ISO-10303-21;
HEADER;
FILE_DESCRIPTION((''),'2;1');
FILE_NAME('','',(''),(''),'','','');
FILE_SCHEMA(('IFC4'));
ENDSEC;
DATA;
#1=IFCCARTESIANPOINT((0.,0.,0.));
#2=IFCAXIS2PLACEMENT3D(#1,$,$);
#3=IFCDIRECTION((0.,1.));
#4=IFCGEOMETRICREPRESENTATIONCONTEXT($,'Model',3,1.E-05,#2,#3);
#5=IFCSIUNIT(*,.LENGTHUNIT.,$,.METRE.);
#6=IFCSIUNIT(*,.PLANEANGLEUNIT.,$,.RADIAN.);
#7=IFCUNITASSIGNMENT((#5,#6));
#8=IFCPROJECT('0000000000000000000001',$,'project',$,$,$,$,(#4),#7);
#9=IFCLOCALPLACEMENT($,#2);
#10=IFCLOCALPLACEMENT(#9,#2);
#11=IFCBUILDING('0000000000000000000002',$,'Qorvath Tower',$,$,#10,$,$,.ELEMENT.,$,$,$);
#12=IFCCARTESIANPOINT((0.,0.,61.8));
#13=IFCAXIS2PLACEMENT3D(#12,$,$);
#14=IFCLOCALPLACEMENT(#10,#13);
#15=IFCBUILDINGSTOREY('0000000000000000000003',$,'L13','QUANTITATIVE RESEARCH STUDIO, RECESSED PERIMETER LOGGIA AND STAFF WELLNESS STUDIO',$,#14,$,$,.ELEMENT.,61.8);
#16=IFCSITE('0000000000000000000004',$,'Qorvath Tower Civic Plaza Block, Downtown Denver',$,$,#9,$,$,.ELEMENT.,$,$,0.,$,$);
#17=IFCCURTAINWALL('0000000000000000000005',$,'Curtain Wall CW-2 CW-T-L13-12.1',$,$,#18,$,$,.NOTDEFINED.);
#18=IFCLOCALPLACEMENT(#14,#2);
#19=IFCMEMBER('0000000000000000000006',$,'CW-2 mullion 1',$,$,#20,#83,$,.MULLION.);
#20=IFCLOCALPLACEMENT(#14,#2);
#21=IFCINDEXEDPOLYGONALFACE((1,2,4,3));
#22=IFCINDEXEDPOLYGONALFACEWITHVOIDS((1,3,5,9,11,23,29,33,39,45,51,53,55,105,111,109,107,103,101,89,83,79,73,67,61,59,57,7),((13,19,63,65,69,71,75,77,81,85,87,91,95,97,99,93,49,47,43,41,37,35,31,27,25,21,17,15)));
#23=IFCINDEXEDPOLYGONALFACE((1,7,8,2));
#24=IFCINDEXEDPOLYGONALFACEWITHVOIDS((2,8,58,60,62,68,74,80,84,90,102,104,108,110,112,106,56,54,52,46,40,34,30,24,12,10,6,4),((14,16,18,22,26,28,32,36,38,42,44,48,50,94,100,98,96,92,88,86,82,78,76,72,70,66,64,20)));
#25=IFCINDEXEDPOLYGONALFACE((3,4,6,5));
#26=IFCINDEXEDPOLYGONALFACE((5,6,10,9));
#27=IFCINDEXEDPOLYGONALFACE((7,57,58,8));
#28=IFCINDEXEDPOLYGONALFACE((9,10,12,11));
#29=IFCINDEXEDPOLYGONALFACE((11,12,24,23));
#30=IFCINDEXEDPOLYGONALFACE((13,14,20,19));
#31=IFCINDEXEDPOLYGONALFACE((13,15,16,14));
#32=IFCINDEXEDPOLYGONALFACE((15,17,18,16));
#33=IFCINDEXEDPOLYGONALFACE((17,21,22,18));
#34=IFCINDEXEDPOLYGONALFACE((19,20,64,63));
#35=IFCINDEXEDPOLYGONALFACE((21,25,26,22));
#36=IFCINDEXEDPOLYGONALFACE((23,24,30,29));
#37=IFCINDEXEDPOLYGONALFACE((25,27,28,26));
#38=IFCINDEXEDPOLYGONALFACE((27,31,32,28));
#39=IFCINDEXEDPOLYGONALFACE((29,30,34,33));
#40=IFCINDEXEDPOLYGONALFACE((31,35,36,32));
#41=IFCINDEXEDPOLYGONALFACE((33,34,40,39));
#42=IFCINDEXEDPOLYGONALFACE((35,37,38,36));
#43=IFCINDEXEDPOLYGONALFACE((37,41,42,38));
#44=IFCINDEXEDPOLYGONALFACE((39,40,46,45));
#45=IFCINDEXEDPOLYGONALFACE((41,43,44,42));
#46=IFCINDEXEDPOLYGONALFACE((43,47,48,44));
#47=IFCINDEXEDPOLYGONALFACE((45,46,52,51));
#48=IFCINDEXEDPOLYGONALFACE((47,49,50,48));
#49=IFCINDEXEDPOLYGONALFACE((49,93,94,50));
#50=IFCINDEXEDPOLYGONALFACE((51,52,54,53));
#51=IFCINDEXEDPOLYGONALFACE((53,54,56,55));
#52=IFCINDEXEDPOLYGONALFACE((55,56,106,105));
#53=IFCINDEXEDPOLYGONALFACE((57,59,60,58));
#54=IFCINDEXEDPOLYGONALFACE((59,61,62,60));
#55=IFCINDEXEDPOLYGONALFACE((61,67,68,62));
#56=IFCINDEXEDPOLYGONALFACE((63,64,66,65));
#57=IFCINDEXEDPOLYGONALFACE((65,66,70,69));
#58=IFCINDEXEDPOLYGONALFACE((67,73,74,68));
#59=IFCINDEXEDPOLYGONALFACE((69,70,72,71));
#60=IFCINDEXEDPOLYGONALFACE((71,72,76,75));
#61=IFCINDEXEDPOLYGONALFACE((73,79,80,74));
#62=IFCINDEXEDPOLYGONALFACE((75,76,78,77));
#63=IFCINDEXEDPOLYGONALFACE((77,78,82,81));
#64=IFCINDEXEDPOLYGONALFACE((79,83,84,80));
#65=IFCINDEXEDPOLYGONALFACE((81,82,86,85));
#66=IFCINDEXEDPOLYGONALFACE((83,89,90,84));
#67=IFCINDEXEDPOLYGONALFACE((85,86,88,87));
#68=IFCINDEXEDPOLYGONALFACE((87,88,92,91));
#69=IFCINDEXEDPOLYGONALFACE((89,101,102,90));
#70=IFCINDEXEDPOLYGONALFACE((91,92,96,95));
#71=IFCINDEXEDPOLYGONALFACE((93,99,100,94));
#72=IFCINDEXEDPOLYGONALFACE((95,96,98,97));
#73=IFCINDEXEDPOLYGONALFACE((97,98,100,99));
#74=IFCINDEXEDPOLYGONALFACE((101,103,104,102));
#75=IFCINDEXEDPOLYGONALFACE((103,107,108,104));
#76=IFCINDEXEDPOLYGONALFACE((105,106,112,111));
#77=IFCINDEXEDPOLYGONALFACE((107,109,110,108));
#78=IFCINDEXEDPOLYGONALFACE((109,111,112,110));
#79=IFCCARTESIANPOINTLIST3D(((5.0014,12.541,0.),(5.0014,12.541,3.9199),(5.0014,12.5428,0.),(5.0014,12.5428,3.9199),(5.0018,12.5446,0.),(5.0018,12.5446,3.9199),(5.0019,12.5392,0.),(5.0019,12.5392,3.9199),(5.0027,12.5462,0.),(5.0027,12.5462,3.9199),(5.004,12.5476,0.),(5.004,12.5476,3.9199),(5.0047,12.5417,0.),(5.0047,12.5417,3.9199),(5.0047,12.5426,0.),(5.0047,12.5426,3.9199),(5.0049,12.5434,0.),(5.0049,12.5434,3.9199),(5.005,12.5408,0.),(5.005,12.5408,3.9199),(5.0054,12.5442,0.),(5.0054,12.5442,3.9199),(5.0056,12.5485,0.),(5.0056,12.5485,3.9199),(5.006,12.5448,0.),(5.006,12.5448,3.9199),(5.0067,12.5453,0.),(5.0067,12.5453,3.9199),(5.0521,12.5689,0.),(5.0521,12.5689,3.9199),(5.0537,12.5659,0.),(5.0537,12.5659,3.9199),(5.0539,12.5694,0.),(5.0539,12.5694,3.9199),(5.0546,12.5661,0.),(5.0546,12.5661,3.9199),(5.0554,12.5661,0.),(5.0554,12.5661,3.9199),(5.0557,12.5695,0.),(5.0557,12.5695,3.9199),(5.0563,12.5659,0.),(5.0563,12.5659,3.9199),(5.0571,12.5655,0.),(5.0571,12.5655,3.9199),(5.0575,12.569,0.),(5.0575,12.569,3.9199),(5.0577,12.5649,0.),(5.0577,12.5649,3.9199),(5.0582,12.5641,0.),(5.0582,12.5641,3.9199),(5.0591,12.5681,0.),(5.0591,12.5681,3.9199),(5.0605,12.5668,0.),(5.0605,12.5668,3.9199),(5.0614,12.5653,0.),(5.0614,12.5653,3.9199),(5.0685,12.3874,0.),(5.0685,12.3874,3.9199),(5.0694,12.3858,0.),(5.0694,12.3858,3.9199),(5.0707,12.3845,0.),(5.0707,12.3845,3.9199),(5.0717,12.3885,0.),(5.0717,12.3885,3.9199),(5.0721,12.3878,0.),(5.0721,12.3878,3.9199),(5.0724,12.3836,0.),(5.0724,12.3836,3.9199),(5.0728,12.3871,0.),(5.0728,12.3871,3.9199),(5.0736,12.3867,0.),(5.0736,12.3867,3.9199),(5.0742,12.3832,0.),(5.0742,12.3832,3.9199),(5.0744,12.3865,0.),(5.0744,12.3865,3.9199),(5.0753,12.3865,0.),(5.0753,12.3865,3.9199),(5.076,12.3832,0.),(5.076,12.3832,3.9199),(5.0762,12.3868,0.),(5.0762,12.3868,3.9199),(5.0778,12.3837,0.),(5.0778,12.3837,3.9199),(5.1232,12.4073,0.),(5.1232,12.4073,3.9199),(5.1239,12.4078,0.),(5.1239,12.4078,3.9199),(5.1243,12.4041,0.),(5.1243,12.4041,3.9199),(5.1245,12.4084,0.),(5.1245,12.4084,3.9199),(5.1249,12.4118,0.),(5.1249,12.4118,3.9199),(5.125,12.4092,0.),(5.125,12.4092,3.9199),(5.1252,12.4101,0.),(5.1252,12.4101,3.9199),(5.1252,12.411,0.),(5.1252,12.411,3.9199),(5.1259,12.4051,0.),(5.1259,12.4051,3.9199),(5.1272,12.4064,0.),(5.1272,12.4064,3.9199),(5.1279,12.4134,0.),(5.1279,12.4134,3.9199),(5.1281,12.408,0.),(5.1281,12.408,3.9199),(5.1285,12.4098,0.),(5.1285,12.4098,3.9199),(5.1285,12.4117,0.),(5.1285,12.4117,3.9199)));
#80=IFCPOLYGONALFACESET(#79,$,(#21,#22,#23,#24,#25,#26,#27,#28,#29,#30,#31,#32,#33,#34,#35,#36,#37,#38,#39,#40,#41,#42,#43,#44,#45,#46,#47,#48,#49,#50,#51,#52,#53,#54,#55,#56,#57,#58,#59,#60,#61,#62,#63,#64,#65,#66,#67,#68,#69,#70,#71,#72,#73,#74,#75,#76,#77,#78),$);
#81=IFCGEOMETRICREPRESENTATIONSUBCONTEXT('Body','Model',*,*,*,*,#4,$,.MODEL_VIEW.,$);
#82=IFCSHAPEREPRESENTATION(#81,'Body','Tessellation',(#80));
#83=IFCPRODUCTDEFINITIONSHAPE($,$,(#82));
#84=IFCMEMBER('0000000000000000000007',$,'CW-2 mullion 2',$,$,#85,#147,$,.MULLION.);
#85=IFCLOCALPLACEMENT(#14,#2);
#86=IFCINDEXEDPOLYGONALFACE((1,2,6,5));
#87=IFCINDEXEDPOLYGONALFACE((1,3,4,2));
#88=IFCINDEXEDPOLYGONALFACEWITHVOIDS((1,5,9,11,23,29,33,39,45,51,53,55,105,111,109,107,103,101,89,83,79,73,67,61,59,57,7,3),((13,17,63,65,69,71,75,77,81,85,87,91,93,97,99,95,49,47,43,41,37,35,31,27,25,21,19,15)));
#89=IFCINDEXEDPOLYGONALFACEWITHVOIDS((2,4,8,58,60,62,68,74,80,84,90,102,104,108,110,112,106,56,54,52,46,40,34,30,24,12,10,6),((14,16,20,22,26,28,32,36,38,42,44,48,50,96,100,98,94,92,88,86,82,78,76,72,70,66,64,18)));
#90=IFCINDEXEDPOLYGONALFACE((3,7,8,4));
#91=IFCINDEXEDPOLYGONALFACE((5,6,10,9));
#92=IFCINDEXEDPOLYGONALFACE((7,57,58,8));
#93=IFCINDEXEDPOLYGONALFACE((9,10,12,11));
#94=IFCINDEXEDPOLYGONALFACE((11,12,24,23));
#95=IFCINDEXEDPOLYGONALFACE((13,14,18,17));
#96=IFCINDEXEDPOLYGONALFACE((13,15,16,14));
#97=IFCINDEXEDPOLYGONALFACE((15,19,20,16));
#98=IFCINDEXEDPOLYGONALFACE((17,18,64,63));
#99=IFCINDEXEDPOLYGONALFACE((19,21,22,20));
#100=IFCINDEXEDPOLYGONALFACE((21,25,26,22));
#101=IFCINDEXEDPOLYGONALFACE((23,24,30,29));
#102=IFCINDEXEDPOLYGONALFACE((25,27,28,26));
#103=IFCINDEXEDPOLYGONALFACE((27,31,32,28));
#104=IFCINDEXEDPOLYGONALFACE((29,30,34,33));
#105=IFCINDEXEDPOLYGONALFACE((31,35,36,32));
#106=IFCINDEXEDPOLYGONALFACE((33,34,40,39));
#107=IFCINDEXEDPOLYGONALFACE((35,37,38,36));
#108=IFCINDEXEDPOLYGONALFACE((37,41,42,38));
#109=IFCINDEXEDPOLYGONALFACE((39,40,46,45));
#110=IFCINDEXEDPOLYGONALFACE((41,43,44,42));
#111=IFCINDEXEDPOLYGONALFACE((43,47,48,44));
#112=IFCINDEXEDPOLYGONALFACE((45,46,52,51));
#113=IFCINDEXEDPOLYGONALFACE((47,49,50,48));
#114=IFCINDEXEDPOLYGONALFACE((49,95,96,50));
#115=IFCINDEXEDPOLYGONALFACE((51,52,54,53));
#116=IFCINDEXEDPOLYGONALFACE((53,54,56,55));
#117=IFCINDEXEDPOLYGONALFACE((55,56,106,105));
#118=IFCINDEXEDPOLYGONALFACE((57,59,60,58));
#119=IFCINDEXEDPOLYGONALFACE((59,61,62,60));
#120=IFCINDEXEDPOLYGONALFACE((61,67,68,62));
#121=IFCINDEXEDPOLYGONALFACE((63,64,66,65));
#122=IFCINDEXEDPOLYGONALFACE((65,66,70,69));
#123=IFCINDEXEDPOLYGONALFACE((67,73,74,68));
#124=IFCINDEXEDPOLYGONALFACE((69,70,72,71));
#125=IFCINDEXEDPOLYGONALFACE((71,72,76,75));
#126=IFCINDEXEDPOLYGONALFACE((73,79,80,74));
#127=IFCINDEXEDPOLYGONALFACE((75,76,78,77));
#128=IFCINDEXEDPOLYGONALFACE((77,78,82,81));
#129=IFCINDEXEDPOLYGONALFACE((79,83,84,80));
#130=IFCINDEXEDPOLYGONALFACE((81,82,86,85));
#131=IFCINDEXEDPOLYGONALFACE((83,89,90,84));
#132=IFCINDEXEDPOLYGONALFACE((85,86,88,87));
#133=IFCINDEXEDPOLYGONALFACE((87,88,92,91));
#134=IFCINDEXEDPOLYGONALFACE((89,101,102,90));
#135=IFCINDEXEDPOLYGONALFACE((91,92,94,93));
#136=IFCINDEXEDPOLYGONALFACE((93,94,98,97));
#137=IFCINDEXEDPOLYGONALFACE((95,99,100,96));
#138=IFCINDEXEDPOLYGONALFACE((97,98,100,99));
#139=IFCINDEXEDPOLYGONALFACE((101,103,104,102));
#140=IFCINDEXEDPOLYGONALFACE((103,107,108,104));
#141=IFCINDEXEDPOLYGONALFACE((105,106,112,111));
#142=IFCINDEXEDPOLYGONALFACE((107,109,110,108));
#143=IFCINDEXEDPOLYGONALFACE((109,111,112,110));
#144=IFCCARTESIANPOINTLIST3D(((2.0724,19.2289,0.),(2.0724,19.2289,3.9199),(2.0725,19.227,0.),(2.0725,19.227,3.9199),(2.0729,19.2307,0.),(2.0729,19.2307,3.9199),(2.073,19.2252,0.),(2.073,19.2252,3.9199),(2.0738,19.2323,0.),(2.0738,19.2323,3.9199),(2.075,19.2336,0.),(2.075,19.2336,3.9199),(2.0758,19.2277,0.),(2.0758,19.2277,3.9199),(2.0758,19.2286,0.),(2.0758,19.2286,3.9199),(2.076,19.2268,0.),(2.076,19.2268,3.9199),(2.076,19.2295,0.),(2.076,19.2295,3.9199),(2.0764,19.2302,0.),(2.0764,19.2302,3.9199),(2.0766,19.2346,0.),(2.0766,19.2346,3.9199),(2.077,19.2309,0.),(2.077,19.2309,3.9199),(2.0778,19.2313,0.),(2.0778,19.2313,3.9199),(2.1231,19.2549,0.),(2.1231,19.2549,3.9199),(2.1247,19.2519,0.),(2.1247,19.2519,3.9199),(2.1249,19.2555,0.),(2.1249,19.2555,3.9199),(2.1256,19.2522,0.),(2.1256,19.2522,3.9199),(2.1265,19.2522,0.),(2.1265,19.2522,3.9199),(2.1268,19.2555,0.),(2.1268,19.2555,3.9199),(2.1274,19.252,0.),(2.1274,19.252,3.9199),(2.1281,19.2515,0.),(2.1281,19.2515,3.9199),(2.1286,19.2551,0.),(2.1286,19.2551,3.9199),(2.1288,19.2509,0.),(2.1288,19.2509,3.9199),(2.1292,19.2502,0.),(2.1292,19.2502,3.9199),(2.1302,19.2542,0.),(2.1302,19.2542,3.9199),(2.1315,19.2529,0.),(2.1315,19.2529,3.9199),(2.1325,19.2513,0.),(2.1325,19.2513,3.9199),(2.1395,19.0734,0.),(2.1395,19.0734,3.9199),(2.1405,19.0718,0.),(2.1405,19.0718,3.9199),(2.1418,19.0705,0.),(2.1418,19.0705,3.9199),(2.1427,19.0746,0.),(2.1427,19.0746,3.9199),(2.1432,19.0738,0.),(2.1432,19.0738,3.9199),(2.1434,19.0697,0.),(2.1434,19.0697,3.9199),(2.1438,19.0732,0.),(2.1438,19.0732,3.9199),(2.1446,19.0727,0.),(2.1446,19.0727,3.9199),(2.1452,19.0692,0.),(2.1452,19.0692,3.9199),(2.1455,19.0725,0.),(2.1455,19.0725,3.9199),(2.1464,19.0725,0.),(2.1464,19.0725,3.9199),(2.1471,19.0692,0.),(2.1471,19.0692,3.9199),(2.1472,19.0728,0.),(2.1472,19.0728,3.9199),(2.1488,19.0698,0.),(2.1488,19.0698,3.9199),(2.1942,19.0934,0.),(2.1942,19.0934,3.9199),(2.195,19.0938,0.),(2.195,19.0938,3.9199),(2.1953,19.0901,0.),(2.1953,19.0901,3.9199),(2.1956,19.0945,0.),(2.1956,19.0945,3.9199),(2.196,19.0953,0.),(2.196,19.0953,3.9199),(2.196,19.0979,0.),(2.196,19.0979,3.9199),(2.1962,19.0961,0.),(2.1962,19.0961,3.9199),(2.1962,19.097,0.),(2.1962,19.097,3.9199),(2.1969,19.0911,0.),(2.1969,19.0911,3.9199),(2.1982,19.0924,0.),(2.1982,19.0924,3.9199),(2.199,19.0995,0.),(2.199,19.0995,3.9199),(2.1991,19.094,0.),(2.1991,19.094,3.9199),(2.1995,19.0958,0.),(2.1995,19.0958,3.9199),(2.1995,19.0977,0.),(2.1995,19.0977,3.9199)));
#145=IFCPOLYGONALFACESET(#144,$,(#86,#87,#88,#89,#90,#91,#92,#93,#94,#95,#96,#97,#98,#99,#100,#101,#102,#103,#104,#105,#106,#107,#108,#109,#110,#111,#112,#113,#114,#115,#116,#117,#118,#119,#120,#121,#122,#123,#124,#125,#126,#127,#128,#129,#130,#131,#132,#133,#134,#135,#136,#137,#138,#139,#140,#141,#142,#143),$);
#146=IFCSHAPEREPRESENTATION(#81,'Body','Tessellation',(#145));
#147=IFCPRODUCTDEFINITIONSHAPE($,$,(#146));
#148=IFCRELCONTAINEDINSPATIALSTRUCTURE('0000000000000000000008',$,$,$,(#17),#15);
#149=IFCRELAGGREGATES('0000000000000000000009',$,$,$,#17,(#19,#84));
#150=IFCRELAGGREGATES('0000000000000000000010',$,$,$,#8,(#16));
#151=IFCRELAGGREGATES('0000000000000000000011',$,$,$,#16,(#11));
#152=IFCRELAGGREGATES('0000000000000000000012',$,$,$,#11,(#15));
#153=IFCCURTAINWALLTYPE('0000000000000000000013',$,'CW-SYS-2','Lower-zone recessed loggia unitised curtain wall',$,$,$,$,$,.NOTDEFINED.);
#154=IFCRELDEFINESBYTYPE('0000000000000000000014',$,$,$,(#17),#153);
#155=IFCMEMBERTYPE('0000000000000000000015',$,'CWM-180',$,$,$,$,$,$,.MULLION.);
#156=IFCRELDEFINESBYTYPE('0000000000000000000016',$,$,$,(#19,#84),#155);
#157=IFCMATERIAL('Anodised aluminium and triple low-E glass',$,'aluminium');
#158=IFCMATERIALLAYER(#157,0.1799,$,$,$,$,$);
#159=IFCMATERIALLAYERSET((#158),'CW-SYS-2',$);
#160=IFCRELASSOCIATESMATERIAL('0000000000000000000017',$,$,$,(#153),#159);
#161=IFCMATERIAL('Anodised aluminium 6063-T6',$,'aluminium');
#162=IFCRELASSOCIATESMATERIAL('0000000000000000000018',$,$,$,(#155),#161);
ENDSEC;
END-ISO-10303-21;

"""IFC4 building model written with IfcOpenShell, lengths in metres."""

from ifc_helpers import new_model, si_unit, direction, frame, origin, origin_2d, place, context, subcontext, project, spatial, hollow_rectangle, extrude, material, layer, layer_set, material_profile, profile_set, type_object, element, aggregate, save


model = new_model("IFC4")

# Units and contexts
model_context = context("Model", 3, precision=1e-05, world=origin(), true_north=direction((0.0, 1.0)))
body_context = subcontext(model_context, "Body", "Model", "MODEL_VIEW")
ifc_project = project(units=[si_unit("LENGTHUNIT", "METRE"), si_unit("PLANEANGLEUNIT", "RADIAN")], contexts=[model_context])

# Site, building, storey
site_placement = place(None, origin())
site = spatial("IfcSite", under=ifc_project, at=site_placement, Name="Qorvath Tower Civic Plaza Block, Downtown Denver", CompositionType="ELEMENT", RefElevation=0.0)
building_placement = place(site_placement, origin())
building = spatial("IfcBuilding", under=site, at=building_placement, Name="Qorvath Tower", CompositionType="ELEMENT")
storey_placement = place(building_placement, frame((0.0, 0.0, 61.8)))
storey = spatial("IfcBuildingStorey", under=building, at=storey_placement, Name="L13", Description="QUANTITATIVE RESEARCH STUDIO, RECESSED PERIMETER LOGGIA AND STAFF WELLNESS STUDIO", CompositionType="ELEMENT", Elevation=61.8)

# Shared definitions
ifc_material_1 = material(Name="Anodised aluminium and triple low-E glass", Category="aluminium")
ifc_layer_1 = layer(ifc_material_1, 0.1799)
ifc_layer_set_1 = layer_set([ifc_layer_1], Name="CW-SYS-2")
curtain_wall_type = type_object("IfcCurtainWallType", Name="CW-SYS-2", Description="Lower-zone recessed loggia unitised curtain wall", PredefinedType="NOTDEFINED", material=ifc_layer_set_1)
ifc_material_2 = material(Name="Anodised aluminium 6063-T6", Category="aluminium")
ifc_material_profile_1 = material_profile(ifc_material_2, hollow_rectangle(XDim=0.0649, YDim=0.1799, WallThickness=0.0034, InnerFilletRadius=0.0034, OuterFilletRadius=0.0071, at=origin_2d()), Name="CWM 180x65")
ifc_profile_set_1 = profile_set([ifc_material_profile_1], Name="Anodised aluminium 6063-T6")
member_type_1 = type_object("IfcMemberType", Name="CWM-180", PredefinedType="MULLION", material=ifc_profile_set_1)

# Curtain wall, members
curtain_wall_1_placement = place(storey_placement, origin())
curtain_wall_1 = element("IfcCurtainWall", 1, at=curtain_wall_1_placement, inside=storey, type_object=curtain_wall_type, Name="Curtain Wall CW-2 CW-T-L13-12.1", PredefinedType="NOTDEFINED")
member_1_placement = place(storey_placement, frame((5.0649, 12.4763, 0.0), z_axis=(0.0, 0.0, 1.0), x_axis=(-0.915963, -0.401263, 0.0)))
member_1 = element("IfcMember", 2, at=member_1_placement, type_object=member_type_1, Name="CW-2 mullion 1", PredefinedType="MULLION", context=body_context, shape_type="SweptSolid", body=[
    extrude(hollow_rectangle(XDim=0.0649, YDim=0.1799, WallThickness=0.0034, InnerFilletRadius=0.0034, OuterFilletRadius=0.0071, at=origin_2d()), origin(), (0.0, 0.0, 1.0), 3.9199),
])
member_2_placement = place(storey_placement, frame((2.136, 19.1624, 0.0), z_axis=(0.0, 0.0, 1.0), x_axis=(-0.915963, -0.401263, 0.0)))
member_2 = element("IfcMember", 3, at=member_2_placement, type_object=member_type_1, Name="CW-2 mullion 2", PredefinedType="MULLION", context=body_context, shape_type="SweptSolid", body=[
    extrude(hollow_rectangle(XDim=0.0649, YDim=0.1799, WallThickness=0.0034, InnerFilletRadius=0.0034, OuterFilletRadius=0.0071, at=origin_2d()), origin(), (0.0, 0.0, 1.0), 3.9199),
])

aggregate(curtain_wall_1, [member_1, member_2])

save(model, "model.ifc")
